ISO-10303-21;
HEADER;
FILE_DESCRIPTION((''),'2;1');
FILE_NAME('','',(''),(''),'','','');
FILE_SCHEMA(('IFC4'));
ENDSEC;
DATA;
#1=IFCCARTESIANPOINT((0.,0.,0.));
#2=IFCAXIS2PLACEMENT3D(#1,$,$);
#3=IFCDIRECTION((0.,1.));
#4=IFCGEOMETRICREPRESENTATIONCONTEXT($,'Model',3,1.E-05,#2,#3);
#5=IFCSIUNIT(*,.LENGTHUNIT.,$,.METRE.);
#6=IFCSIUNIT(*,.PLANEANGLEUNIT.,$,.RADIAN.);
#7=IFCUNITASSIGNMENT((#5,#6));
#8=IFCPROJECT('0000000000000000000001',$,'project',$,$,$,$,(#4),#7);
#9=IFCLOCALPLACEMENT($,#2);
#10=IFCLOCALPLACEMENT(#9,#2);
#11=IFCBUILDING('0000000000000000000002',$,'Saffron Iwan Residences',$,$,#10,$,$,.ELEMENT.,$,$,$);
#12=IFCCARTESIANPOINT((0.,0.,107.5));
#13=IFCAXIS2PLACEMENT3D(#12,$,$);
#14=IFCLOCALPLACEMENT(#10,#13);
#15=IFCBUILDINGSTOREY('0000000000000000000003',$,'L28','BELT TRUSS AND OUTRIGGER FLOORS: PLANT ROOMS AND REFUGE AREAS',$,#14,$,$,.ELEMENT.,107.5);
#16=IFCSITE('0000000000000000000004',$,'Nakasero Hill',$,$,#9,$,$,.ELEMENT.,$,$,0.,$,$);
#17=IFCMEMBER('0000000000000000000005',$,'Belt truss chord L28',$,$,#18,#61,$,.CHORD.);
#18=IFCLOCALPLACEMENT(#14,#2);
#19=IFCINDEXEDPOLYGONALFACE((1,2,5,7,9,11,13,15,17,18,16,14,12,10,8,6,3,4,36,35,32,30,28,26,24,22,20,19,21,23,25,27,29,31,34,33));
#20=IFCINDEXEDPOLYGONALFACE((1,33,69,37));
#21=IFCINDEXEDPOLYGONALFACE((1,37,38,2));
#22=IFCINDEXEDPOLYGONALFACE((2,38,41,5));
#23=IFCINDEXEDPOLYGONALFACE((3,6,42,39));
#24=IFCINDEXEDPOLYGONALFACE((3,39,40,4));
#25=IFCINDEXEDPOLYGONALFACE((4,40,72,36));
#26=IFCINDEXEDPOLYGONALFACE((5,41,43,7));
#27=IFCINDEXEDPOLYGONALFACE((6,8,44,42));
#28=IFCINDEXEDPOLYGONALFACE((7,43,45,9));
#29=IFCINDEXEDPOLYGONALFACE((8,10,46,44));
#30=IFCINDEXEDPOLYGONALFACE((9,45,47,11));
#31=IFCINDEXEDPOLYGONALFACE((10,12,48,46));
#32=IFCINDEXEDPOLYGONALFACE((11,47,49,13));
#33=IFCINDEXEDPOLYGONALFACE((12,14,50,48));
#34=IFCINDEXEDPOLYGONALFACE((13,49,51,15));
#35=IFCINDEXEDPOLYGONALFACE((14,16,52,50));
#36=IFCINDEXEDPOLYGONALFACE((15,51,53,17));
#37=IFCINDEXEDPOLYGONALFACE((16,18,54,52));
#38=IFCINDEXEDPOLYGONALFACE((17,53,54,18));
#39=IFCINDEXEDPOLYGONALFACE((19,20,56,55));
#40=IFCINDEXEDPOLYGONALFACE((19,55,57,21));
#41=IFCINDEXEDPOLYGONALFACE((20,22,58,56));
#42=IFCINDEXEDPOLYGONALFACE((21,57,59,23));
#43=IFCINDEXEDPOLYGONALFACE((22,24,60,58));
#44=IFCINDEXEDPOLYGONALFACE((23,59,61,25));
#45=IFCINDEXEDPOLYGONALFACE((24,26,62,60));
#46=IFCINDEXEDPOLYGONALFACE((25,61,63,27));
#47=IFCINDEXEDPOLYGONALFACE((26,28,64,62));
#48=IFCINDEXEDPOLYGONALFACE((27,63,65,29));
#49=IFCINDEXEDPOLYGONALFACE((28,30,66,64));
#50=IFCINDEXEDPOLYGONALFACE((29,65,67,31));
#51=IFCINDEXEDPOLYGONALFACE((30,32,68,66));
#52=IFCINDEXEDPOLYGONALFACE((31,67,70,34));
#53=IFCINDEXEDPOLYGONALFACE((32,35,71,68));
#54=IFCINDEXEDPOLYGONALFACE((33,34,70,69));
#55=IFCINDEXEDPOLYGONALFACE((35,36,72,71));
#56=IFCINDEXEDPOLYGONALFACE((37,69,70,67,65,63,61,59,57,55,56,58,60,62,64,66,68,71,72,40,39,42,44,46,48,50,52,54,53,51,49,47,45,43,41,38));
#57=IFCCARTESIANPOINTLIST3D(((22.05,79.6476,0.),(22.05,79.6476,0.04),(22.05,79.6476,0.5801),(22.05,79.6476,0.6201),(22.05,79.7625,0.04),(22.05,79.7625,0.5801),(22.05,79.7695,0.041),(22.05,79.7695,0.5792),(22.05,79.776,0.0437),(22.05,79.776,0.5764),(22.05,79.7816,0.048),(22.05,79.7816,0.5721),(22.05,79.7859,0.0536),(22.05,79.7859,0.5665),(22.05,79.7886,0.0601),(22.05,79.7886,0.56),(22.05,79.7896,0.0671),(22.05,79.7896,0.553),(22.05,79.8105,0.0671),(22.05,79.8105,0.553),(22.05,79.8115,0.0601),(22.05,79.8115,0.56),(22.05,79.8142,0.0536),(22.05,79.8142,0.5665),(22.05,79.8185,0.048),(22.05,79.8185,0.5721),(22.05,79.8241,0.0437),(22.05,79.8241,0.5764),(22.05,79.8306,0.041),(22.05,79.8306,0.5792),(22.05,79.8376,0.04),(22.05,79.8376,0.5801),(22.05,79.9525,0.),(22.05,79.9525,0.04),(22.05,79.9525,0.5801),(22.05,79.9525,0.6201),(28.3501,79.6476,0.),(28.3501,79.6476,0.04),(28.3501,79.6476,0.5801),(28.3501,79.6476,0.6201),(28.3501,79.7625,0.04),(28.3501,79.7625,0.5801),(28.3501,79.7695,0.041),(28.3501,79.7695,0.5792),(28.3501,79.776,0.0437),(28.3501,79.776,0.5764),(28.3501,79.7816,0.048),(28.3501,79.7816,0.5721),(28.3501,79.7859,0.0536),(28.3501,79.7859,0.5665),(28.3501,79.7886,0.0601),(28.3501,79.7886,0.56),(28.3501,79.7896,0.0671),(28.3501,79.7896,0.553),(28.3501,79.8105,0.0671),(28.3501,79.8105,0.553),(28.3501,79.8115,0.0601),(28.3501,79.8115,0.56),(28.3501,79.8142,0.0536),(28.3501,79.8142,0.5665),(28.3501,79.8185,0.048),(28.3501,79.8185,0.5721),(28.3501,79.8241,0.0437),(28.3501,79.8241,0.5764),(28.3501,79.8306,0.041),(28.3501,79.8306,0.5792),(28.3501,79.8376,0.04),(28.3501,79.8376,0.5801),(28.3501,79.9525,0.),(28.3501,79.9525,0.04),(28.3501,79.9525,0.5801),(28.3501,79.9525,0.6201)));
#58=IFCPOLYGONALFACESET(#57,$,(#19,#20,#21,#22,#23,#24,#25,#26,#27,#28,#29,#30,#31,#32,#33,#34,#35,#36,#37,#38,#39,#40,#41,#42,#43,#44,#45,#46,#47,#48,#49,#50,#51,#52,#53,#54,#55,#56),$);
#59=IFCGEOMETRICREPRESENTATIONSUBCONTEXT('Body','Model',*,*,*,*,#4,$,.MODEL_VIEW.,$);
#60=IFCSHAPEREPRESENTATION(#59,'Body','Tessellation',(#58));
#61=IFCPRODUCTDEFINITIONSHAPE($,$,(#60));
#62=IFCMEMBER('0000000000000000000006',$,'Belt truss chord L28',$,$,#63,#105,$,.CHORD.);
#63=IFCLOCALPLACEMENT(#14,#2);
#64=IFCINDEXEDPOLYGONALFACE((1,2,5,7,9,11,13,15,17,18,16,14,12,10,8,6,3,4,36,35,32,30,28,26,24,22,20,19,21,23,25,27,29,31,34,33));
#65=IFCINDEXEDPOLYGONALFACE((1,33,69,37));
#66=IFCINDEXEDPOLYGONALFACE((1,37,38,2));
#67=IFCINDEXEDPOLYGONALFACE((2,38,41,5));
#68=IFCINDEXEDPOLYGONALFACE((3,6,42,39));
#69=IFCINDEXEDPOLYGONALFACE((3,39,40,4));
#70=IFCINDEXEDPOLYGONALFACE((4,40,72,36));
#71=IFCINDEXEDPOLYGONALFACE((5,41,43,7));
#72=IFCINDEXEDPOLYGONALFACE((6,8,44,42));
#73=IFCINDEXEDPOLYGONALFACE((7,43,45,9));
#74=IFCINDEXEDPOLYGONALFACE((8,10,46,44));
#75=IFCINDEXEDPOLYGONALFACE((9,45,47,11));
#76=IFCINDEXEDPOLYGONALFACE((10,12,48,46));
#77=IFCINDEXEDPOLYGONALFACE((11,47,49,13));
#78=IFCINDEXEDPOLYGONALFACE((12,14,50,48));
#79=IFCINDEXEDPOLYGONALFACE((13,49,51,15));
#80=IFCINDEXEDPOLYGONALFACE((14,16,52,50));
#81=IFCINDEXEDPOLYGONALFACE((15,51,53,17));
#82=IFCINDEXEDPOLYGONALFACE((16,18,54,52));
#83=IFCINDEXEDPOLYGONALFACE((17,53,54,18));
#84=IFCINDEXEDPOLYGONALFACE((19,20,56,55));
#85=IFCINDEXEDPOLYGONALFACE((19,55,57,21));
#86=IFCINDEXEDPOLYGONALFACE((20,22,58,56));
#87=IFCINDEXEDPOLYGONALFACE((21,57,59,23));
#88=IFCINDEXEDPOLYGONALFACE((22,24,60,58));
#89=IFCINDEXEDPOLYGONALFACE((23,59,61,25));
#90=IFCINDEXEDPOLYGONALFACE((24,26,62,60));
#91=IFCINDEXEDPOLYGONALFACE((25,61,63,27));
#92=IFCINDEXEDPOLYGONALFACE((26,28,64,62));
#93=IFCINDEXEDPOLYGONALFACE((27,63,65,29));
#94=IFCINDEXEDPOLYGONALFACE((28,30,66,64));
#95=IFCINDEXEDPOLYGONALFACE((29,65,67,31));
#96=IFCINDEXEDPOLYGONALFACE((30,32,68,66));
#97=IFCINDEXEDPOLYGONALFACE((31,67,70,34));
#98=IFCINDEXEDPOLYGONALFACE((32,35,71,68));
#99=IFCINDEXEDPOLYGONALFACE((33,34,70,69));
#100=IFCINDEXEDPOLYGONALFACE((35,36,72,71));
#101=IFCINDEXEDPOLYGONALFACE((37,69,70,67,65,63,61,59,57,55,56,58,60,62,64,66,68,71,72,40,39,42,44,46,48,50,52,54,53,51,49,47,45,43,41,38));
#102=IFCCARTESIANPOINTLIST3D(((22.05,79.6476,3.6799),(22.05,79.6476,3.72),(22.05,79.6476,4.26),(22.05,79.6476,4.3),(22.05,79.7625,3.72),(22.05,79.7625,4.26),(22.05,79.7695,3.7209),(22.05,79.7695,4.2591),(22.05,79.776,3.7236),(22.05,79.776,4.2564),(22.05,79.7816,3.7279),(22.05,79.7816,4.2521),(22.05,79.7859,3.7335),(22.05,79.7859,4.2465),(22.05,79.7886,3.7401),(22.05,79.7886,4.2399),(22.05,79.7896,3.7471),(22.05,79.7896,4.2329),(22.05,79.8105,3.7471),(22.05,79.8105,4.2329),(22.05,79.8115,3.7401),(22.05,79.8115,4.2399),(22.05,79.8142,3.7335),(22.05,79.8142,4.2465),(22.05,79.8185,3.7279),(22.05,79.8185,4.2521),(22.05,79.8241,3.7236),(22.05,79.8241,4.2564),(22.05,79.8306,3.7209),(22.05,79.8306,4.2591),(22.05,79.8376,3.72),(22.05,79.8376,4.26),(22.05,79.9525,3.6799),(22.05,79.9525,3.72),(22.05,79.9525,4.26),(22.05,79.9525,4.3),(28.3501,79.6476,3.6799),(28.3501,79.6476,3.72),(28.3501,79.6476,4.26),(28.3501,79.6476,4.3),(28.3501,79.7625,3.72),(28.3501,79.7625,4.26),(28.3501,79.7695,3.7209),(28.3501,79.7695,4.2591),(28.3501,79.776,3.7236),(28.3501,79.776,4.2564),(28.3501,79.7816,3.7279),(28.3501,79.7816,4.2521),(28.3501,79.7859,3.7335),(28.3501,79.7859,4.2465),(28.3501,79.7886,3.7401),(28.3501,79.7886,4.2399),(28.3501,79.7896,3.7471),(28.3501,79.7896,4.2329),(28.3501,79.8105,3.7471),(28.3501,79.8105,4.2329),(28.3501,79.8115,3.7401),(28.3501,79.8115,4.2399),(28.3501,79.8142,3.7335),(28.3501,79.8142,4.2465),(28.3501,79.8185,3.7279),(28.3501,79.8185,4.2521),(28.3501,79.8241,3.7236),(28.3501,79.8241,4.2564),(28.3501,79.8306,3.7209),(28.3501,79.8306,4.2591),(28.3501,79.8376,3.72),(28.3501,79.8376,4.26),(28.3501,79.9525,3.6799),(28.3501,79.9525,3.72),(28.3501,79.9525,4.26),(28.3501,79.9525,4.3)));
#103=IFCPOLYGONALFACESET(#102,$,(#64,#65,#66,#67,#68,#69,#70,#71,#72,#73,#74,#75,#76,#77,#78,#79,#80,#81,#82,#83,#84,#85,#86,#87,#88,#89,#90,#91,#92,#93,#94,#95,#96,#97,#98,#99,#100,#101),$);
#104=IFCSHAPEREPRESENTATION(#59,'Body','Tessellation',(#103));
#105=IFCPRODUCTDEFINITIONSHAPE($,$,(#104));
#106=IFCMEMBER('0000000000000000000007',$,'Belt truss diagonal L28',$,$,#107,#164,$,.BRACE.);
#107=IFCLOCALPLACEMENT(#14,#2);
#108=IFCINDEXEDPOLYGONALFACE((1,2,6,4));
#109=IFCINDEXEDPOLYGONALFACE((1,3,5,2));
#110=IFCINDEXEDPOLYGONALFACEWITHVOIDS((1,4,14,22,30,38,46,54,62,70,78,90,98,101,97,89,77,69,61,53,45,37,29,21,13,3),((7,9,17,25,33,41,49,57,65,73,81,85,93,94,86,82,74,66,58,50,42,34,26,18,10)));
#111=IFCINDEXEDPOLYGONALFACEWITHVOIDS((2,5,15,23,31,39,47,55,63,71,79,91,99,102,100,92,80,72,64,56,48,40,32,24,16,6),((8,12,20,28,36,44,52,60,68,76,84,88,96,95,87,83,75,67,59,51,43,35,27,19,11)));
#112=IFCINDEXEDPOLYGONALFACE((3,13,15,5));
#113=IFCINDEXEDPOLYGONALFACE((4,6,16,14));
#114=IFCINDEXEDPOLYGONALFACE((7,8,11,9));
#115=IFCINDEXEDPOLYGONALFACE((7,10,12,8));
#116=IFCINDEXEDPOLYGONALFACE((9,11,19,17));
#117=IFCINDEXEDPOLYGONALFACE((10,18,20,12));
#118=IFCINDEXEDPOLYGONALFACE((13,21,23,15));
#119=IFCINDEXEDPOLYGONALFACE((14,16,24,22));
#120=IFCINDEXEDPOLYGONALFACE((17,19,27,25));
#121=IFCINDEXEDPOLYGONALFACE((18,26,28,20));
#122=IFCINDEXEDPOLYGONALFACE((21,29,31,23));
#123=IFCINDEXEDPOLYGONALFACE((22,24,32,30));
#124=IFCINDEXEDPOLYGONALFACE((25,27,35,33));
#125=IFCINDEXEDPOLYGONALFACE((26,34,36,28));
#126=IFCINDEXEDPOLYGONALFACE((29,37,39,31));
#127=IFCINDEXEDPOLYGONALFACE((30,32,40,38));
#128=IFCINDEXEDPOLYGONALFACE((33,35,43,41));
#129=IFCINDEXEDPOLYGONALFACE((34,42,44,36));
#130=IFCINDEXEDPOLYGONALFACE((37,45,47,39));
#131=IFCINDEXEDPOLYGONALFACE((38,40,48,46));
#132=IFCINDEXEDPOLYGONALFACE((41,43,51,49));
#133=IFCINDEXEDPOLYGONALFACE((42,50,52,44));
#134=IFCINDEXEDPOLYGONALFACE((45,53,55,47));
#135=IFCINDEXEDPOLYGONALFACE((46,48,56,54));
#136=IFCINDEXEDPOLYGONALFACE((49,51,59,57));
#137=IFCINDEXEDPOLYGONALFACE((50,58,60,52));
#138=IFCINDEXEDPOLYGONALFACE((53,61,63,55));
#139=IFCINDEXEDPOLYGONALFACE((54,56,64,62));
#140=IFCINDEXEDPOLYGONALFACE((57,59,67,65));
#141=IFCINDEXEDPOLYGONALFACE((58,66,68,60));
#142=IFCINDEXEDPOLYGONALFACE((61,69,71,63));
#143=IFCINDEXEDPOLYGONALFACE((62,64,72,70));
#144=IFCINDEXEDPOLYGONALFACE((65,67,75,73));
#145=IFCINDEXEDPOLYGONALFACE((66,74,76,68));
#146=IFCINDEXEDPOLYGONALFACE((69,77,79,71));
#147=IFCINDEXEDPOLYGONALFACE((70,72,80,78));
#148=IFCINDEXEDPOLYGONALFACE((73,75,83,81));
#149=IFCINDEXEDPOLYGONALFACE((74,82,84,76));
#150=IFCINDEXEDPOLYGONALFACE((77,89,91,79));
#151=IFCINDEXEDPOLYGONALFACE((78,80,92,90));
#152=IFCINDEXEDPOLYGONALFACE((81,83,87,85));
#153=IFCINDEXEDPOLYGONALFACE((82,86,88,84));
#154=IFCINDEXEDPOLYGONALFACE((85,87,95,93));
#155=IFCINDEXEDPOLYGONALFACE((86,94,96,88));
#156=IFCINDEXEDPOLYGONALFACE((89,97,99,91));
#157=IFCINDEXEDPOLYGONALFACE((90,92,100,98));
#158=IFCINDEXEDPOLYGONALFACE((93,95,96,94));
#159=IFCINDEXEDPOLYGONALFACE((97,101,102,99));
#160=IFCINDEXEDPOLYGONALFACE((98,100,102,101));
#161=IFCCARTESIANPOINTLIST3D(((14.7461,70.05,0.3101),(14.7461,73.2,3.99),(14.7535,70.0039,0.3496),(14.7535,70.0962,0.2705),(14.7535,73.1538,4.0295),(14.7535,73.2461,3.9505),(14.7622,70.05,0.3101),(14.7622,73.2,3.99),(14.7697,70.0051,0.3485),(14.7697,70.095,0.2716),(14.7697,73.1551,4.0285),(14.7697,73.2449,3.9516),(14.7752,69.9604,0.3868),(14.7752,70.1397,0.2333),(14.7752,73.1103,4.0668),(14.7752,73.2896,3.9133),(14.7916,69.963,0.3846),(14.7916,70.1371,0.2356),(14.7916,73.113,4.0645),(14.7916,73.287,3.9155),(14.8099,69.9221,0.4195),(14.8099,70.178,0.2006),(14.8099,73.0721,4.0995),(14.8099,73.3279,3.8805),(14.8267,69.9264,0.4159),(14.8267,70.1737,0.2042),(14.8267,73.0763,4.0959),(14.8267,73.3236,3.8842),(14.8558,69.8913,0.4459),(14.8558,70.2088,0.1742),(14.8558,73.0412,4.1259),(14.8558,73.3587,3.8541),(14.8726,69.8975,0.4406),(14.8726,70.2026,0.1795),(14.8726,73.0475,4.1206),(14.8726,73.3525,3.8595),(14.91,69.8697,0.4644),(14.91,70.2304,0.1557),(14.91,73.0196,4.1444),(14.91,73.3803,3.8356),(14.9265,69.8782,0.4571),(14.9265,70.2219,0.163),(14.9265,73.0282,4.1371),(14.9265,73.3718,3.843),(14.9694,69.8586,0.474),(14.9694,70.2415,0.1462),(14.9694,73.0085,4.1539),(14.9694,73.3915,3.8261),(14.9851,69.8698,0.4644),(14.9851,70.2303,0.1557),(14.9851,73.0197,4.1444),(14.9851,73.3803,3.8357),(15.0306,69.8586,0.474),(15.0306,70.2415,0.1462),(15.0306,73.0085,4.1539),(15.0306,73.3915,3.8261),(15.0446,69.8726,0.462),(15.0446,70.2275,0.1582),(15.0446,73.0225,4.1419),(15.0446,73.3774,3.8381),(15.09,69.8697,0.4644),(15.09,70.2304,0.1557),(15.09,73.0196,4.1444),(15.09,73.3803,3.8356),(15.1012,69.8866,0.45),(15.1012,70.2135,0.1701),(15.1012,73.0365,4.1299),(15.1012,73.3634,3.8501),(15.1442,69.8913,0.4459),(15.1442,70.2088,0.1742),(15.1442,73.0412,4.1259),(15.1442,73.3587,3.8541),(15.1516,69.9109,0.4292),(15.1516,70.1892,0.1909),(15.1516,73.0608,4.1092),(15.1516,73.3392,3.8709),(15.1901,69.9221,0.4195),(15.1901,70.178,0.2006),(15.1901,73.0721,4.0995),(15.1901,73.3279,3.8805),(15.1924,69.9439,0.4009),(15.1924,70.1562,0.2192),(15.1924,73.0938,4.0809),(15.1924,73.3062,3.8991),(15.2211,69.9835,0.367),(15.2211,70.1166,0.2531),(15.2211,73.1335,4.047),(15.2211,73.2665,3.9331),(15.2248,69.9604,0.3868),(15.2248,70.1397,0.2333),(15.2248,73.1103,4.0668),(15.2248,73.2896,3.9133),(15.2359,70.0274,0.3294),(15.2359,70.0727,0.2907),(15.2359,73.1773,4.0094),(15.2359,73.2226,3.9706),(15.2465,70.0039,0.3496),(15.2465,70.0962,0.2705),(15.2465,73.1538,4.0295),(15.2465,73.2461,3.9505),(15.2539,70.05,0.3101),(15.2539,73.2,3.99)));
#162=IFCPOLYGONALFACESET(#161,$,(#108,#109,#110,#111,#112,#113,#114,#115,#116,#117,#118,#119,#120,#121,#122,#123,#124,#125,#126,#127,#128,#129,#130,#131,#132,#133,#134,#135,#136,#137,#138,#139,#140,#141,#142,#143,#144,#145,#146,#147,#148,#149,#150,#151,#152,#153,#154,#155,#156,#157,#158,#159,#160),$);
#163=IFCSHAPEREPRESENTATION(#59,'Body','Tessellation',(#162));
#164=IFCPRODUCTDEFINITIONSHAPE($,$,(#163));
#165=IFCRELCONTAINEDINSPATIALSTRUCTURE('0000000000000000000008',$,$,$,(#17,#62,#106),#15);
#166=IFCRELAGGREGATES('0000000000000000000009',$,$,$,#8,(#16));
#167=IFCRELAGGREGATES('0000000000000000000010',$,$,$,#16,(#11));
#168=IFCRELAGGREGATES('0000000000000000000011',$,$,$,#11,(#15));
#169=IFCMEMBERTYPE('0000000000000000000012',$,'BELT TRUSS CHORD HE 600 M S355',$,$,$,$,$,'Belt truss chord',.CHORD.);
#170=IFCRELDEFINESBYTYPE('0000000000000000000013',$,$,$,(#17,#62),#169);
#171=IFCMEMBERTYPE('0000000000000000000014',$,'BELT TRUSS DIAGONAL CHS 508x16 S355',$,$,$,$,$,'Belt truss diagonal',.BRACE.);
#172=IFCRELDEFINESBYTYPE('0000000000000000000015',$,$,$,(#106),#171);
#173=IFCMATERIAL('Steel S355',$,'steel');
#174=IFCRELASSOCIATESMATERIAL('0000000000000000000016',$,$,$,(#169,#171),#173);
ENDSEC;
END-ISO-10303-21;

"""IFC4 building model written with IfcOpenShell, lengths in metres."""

from ifc_helpers import new_model, si_unit, direction, frame, origin, origin_2d, place, context, subcontext, project, spatial, hollow_circle, i_section, extrude, source, transform, mapped, material, material_profile, profile_set, type_object, element, save


model = new_model("IFC4")

# Units and contexts
model_context = context("Model", 3, precision=1e-05, world=origin(), true_north=direction((0.0, 1.0)))
body_context = subcontext(model_context, "Body", "Model", "MODEL_VIEW")
ifc_project = project(units=[si_unit("LENGTHUNIT", "METRE"), si_unit("PLANEANGLEUNIT", "RADIAN")], contexts=[model_context])

# Site, building, storey
site_placement = place(None, origin())
site = spatial("IfcSite", under=ifc_project, at=site_placement, Name="Nakasero Hill", CompositionType="ELEMENT", RefElevation=0.0)
building_placement = place(site_placement, origin())
building = spatial("IfcBuilding", under=site, at=building_placement, Name="Saffron Iwan Residences", CompositionType="ELEMENT")
storey_placement = place(building_placement, frame((0.0, 0.0, 107.5)))
storey = spatial("IfcBuildingStorey", under=building, at=storey_placement, Name="L28", Description="BELT TRUSS AND OUTRIGGER FLOORS: PLANT ROOMS AND REFUGE AREAS", CompositionType="ELEMENT", Elevation=107.5)

# Members
ifc_material_1 = material(Name="Steel S355", Category="steel")
ifc_material_profile_1 = material_profile(ifc_material_1, i_section(OverallWidth=0.3049, OverallDepth=0.6201, WebThickness=0.021, FlangeThickness=0.04, FilletRadius=0.0271, at=origin_2d()), Name="HE 600 M")
ifc_profile_set_1 = profile_set([ifc_material_profile_1], Name="Steel S355")
member_type_1 = type_object("IfcMemberType", Name="BELT TRUSS CHORD HE 600 M S355", ElementType="Belt truss chord", PredefinedType="CHORD", material=ifc_profile_set_1)
shared_shape_1 = source(origin(), body_context, "Body", "SweptSolid", [
    extrude(i_section(OverallWidth=0.3049, OverallDepth=0.6201, WebThickness=0.021, FlangeThickness=0.04, FilletRadius=0.0271, at=origin_2d()), origin(), (0.0, 0.0, 1.0), 6.3),
])
for number, where, z_axis, x_axis, name in (
    (1, (22.05, 79.8, 0.3101), (1.0, 0.0, 0.0), (0.0, 1.0, 0.0), "Belt truss chord L28"),
    (2, (22.05, 79.8, 3.99), (1.0, 0.0, 0.0), (0.0, 1.0, 0.0), "Belt truss chord L28"),
):
    element("IfcMember", number, at=place(storey_placement, frame(where, z_axis=z_axis, x_axis=x_axis)), inside=storey, type_object=member_type_1, Name=name, PredefinedType="CHORD", context=body_context, shape_type="MappedRepresentation", body=[
        mapped(shared_shape_1, transform((0.0, 0.0, 0.0))),
    ])
ifc_material_profile_2 = material_profile(ifc_material_1, hollow_circle(Radius=0.2539, WallThickness=0.0161, at=origin_2d()), Name="CHS 508x16")
ifc_profile_set_2 = profile_set([ifc_material_profile_2], Name="Steel S355")
member_type_2 = type_object("IfcMemberType", Name="BELT TRUSS DIAGONAL CHS 508x16 S355", ElementType="Belt truss diagonal", PredefinedType="BRACE", material=ifc_profile_set_2)
shared_shape_2 = source(origin(), body_context, "Body", "SweptSolid", [
    extrude(hollow_circle(Radius=0.2539, WallThickness=0.0161, at=origin_2d()), origin(), (0.0, 0.0, 1.0), 4.844),
])
for number, where, z_axis, x_axis, name in (
    (3, (15.0, 70.05, 0.3101), (0.0, 0.650277, 0.759698), (-1.0, 0.0, 0.0), "Belt truss diagonal L28"),
):
    element("IfcMember", number, at=place(storey_placement, frame(where, z_axis=z_axis, x_axis=x_axis)), inside=storey, type_object=member_type_2, Name=name, PredefinedType="BRACE", context=body_context, shape_type="MappedRepresentation", body=[
        mapped(shared_shape_2, transform((0.0, 0.0, 0.0))),
    ])

save(model, "model.ifc")
